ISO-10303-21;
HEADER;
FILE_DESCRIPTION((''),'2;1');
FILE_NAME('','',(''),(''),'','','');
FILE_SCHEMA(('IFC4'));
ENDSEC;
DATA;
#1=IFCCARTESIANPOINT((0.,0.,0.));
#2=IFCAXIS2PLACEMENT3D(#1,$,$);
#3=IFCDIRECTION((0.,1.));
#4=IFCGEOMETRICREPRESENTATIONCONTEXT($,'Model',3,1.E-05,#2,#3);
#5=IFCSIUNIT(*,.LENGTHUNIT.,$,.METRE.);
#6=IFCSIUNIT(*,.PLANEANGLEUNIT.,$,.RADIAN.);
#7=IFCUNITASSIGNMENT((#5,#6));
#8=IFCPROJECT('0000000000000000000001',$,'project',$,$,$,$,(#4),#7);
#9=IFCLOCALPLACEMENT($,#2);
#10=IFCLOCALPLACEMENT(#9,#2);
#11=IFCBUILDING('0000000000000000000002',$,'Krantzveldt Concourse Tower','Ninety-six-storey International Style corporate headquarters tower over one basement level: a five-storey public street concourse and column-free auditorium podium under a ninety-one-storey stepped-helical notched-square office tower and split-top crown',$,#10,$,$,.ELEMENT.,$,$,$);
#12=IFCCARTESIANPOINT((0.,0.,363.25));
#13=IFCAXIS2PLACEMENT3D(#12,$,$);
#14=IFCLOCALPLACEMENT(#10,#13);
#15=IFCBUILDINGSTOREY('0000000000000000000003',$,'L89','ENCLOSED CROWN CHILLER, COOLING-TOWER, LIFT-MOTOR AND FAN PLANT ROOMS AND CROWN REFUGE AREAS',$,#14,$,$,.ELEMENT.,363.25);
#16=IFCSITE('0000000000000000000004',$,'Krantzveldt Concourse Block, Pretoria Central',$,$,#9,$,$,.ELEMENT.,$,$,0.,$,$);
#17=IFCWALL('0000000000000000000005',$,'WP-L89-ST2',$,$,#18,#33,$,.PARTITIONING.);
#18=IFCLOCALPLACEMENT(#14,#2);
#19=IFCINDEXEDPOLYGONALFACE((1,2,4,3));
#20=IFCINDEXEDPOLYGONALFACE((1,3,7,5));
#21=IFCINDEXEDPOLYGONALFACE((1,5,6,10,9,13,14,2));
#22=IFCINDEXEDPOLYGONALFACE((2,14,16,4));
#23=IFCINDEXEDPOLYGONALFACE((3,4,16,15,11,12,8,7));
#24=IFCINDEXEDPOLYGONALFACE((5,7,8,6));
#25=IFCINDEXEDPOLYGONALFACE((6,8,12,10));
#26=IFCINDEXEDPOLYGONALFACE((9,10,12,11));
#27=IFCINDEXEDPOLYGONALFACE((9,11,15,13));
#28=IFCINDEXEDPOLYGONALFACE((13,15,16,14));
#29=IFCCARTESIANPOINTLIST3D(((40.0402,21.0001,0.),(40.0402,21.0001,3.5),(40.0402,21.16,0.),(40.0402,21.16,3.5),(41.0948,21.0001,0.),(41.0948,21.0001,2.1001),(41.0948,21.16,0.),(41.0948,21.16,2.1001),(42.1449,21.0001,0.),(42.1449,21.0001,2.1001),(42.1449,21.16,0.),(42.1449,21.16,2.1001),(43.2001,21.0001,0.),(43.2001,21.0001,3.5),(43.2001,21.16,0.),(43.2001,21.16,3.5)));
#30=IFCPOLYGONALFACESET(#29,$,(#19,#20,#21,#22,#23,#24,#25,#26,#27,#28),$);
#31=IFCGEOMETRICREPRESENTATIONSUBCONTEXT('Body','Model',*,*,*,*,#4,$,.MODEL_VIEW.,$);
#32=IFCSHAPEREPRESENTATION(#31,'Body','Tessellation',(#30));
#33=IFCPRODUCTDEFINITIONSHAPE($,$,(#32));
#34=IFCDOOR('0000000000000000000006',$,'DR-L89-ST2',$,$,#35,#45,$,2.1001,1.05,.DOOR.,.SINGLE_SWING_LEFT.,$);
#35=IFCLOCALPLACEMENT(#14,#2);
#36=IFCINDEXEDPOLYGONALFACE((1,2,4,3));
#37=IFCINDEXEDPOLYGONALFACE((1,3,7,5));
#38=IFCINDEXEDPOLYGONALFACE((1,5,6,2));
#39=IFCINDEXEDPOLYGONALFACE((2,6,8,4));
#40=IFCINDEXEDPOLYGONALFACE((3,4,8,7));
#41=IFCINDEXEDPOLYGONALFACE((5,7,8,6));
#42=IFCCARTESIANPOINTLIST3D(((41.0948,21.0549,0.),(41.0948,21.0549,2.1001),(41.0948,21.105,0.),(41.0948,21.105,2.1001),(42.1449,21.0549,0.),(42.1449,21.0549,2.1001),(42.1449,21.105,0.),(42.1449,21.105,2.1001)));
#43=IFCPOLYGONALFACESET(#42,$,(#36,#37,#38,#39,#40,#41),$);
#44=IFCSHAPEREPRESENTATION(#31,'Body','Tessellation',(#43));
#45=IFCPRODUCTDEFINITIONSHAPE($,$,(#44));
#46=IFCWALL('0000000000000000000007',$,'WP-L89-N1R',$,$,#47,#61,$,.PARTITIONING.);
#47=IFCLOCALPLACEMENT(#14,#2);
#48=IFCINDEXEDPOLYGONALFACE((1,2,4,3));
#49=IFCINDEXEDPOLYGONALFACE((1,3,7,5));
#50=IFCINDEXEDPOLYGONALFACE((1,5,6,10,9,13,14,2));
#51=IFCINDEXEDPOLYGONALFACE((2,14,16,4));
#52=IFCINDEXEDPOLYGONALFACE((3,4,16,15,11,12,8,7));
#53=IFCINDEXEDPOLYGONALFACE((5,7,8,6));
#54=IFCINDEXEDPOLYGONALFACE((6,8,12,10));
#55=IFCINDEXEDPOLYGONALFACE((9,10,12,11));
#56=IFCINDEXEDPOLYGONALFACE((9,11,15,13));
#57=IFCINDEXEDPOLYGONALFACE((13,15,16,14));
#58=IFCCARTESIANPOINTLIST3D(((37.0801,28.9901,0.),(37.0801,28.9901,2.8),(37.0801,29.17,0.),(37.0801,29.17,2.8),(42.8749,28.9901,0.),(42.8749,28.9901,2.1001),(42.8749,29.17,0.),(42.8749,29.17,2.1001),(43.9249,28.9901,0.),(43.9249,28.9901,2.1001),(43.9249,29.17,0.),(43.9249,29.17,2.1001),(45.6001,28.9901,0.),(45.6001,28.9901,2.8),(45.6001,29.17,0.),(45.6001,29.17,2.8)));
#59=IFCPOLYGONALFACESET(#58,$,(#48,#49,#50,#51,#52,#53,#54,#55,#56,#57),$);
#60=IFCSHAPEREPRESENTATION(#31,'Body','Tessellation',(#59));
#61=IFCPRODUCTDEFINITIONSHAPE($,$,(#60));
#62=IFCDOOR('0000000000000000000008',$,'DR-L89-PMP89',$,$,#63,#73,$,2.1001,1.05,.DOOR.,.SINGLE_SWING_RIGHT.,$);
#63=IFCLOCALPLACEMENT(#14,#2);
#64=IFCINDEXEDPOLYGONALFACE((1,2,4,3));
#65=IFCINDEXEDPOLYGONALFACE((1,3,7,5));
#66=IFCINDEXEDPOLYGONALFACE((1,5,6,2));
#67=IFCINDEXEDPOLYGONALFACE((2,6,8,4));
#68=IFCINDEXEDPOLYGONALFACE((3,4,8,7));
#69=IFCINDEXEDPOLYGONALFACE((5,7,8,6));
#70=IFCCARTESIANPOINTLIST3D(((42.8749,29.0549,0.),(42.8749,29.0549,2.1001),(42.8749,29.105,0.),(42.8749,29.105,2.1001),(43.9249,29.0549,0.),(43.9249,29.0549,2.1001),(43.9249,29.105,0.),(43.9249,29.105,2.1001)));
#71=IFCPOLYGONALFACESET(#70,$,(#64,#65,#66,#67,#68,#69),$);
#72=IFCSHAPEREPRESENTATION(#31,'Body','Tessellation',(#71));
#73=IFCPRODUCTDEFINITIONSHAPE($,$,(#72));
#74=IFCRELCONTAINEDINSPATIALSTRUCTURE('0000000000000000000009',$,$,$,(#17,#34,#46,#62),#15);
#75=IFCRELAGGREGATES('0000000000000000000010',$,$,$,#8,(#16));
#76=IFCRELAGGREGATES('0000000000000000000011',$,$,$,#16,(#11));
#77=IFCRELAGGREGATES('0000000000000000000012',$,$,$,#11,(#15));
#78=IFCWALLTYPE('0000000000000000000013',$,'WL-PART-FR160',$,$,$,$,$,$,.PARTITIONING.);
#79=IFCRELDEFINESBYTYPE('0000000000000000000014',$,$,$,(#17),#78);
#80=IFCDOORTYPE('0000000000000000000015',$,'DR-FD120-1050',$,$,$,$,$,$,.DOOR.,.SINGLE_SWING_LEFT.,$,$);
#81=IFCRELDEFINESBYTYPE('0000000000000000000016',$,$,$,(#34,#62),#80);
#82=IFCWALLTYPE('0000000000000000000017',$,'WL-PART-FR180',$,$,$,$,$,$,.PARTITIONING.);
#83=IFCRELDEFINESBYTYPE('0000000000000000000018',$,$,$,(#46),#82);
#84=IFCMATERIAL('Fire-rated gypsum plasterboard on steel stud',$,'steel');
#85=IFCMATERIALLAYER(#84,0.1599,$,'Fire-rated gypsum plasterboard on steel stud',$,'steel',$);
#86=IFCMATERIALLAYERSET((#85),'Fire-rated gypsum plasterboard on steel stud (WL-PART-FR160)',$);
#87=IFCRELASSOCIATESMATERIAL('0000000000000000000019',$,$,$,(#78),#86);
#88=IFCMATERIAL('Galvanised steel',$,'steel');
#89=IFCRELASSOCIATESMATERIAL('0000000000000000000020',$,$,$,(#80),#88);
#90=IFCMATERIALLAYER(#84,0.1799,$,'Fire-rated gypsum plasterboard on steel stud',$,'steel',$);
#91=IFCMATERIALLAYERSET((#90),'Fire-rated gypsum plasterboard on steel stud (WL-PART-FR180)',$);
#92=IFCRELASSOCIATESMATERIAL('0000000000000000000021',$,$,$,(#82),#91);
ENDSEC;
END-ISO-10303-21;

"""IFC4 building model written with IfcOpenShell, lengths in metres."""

from ifc_helpers import new_model, si_unit, direction, frame, frame_2d, origin, place, context, subcontext, project, spatial, rectangle, extrude, material, layer, layer_set, type_object, element, fill, save


model = new_model("IFC4")

# Units and contexts
model_context = context("Model", 3, precision=1e-05, world=origin(), true_north=direction((0.0, 1.0)))
body_context = subcontext(model_context, "Body", "Model", "MODEL_VIEW")
ifc_project = project(units=[si_unit("LENGTHUNIT", "METRE"), si_unit("PLANEANGLEUNIT", "RADIAN")], contexts=[model_context])

# Site, building, storey
site_placement = place(None, origin())
site = spatial("IfcSite", under=ifc_project, at=site_placement, Name="Krantzveldt Concourse Block, Pretoria Central", CompositionType="ELEMENT", RefElevation=0.0)
building_placement = place(site_placement, origin())
building = spatial("IfcBuilding", under=site, at=building_placement, Name="Krantzveldt Concourse Tower", Description="Ninety-six-storey International Style corporate headquarters tower over one basement level: a five-storey public street concourse and column-free auditorium podium under a ninety-one-storey stepped-helical notched-square office tower and split-top crown", CompositionType="ELEMENT")
storey_placement = place(building_placement, frame((0.0, 0.0, 363.25)))
storey = spatial("IfcBuildingStorey", under=building, at=storey_placement, Name="L89", Description="ENCLOSED CROWN CHILLER, COOLING-TOWER, LIFT-MOTOR AND FAN PLANT ROOMS AND CROWN REFUGE AREAS", CompositionType="ELEMENT", Elevation=363.25)

# Shared definitions
ifc_material_1 = material(Name="Fire-rated gypsum plasterboard on steel stud", Category="steel")

# Walls, openings, doors
ifc_layer_1 = layer(ifc_material_1, 0.1599, Name="Fire-rated gypsum plasterboard on steel stud", Category="steel")
ifc_layer_set_1 = layer_set([ifc_layer_1], Name="Fire-rated gypsum plasterboard on steel stud (WL-PART-FR160)")
wall_type_1 = type_object("IfcWallType", Name="WL-PART-FR160", PredefinedType="PARTITIONING", material=ifc_layer_set_1)
wall_1_placement = place(storey_placement, frame((40.04, 21.0801, 0.0), z_axis=(0.0, 0.0, 1.0), x_axis=(1.0, 0.0, 0.0)))
wall_1 = element("IfcWall", 1, at=wall_1_placement, inside=storey, type_object=wall_type_1, Name="WP-L89-ST2", PredefinedType="PARTITIONING", context=body_context, shape_type="SweptSolid", body=[
    extrude(rectangle(XDim=3.1599, YDim=0.1599, at=frame_2d((1.5801, 0.0))), origin(), (0.0, 0.0, 1.0), 3.5),
])
opening_1_placement = place(wall_1_placement, frame((1.0549, 0.0, 0.0)))
opening_1 = element("IfcOpeningElement", 2, at=opening_1_placement, cuts=wall_1, PredefinedType="OPENING", context=body_context, shape_type="SweptSolid", body=[
    extrude(rectangle(XDim=1.05, YDim=2.1001, at=frame_2d((0.5249, 1.05))), frame((0.0, 0.0898, 0.0), z_axis=(0.0, -1.0, 0.0), x_axis=(1.0, 0.0, 0.0)), (0.0, 0.0, 1.0), 0.1799),
])
ifc_material_2 = material(Name="Galvanised steel", Category="steel")
door_type_1 = type_object("IfcDoorType", Name="DR-FD120-1050", OperationType="SINGLE_SWING_LEFT", PredefinedType="DOOR", material=ifc_material_2)
door_1_placement = place(opening_1_placement, origin())
door_1 = element("IfcDoor", 3, at=door_1_placement, inside=storey, type_object=door_type_1, Name="DR-L89-ST2", OperationType="SINGLE_SWING_LEFT", OverallHeight=2.1001, OverallWidth=1.05, PredefinedType="DOOR", context=body_context, shape_type="SweptSolid", body=[
    extrude(rectangle(XDim=1.05, YDim=2.1001, at=frame_2d((0.5249, 1.05))), frame((0.0, 0.0249, 0.0), z_axis=(0.0, -1.0, 0.0), x_axis=(1.0, 0.0, 0.0)), (0.0, 0.0, 1.0), 0.05),
])
fill(opening_1, door_1)
ifc_layer_2 = layer(ifc_material_1, 0.1799, Name="Fire-rated gypsum plasterboard on steel stud", Category="steel")
ifc_layer_set_2 = layer_set([ifc_layer_2], Name="Fire-rated gypsum plasterboard on steel stud (WL-PART-FR180)")
wall_type_2 = type_object("IfcWallType", Name="WL-PART-FR180", PredefinedType="PARTITIONING", material=ifc_layer_set_2)
wall_2_placement = place(storey_placement, frame((37.0801, 29.0801, 0.0), z_axis=(0.0, 0.0, 1.0), x_axis=(1.0, 0.0, 0.0)))
wall_2 = element("IfcWall", 4, at=wall_2_placement, inside=storey, type_object=wall_type_2, Name="WP-L89-N1R", PredefinedType="PARTITIONING", context=body_context, shape_type="SweptSolid", body=[
    extrude(rectangle(XDim=8.52, YDim=0.1799, at=frame_2d((4.26, 0.0))), origin(), (0.0, 0.0, 1.0), 2.8),
])
opening_2_placement = place(wall_2_placement, frame((5.7949, 0.0, 0.0)))
opening_2 = element("IfcOpeningElement", 5, at=opening_2_placement, cuts=wall_2, PredefinedType="OPENING", context=body_context, shape_type="SweptSolid", body=[
    extrude(rectangle(XDim=1.05, YDim=2.1001, at=frame_2d((0.5249, 1.05))), frame((0.0, 0.1001, 0.0), z_axis=(0.0, -1.0, 0.0), x_axis=(1.0, 0.0, 0.0)), (0.0, 0.0, 1.0), 0.2),
])
door_2_placement = place(opening_2_placement, origin())
door_2 = element("IfcDoor", 6, at=door_2_placement, inside=storey, type_object=door_type_1, Name="DR-L89-PMP89", OperationType="SINGLE_SWING_RIGHT", OverallHeight=2.1001, OverallWidth=1.05, PredefinedType="DOOR", context=body_context, shape_type="SweptSolid", body=[
    extrude(rectangle(XDim=1.05, YDim=2.1001, at=frame_2d((0.5249, 1.05))), frame((0.0, 0.0249, 0.0), z_axis=(0.0, -1.0, 0.0), x_axis=(1.0, 0.0, 0.0)), (0.0, 0.0, 1.0), 0.05),
])
fill(opening_2, door_2)

save(model, "model.ifc")
